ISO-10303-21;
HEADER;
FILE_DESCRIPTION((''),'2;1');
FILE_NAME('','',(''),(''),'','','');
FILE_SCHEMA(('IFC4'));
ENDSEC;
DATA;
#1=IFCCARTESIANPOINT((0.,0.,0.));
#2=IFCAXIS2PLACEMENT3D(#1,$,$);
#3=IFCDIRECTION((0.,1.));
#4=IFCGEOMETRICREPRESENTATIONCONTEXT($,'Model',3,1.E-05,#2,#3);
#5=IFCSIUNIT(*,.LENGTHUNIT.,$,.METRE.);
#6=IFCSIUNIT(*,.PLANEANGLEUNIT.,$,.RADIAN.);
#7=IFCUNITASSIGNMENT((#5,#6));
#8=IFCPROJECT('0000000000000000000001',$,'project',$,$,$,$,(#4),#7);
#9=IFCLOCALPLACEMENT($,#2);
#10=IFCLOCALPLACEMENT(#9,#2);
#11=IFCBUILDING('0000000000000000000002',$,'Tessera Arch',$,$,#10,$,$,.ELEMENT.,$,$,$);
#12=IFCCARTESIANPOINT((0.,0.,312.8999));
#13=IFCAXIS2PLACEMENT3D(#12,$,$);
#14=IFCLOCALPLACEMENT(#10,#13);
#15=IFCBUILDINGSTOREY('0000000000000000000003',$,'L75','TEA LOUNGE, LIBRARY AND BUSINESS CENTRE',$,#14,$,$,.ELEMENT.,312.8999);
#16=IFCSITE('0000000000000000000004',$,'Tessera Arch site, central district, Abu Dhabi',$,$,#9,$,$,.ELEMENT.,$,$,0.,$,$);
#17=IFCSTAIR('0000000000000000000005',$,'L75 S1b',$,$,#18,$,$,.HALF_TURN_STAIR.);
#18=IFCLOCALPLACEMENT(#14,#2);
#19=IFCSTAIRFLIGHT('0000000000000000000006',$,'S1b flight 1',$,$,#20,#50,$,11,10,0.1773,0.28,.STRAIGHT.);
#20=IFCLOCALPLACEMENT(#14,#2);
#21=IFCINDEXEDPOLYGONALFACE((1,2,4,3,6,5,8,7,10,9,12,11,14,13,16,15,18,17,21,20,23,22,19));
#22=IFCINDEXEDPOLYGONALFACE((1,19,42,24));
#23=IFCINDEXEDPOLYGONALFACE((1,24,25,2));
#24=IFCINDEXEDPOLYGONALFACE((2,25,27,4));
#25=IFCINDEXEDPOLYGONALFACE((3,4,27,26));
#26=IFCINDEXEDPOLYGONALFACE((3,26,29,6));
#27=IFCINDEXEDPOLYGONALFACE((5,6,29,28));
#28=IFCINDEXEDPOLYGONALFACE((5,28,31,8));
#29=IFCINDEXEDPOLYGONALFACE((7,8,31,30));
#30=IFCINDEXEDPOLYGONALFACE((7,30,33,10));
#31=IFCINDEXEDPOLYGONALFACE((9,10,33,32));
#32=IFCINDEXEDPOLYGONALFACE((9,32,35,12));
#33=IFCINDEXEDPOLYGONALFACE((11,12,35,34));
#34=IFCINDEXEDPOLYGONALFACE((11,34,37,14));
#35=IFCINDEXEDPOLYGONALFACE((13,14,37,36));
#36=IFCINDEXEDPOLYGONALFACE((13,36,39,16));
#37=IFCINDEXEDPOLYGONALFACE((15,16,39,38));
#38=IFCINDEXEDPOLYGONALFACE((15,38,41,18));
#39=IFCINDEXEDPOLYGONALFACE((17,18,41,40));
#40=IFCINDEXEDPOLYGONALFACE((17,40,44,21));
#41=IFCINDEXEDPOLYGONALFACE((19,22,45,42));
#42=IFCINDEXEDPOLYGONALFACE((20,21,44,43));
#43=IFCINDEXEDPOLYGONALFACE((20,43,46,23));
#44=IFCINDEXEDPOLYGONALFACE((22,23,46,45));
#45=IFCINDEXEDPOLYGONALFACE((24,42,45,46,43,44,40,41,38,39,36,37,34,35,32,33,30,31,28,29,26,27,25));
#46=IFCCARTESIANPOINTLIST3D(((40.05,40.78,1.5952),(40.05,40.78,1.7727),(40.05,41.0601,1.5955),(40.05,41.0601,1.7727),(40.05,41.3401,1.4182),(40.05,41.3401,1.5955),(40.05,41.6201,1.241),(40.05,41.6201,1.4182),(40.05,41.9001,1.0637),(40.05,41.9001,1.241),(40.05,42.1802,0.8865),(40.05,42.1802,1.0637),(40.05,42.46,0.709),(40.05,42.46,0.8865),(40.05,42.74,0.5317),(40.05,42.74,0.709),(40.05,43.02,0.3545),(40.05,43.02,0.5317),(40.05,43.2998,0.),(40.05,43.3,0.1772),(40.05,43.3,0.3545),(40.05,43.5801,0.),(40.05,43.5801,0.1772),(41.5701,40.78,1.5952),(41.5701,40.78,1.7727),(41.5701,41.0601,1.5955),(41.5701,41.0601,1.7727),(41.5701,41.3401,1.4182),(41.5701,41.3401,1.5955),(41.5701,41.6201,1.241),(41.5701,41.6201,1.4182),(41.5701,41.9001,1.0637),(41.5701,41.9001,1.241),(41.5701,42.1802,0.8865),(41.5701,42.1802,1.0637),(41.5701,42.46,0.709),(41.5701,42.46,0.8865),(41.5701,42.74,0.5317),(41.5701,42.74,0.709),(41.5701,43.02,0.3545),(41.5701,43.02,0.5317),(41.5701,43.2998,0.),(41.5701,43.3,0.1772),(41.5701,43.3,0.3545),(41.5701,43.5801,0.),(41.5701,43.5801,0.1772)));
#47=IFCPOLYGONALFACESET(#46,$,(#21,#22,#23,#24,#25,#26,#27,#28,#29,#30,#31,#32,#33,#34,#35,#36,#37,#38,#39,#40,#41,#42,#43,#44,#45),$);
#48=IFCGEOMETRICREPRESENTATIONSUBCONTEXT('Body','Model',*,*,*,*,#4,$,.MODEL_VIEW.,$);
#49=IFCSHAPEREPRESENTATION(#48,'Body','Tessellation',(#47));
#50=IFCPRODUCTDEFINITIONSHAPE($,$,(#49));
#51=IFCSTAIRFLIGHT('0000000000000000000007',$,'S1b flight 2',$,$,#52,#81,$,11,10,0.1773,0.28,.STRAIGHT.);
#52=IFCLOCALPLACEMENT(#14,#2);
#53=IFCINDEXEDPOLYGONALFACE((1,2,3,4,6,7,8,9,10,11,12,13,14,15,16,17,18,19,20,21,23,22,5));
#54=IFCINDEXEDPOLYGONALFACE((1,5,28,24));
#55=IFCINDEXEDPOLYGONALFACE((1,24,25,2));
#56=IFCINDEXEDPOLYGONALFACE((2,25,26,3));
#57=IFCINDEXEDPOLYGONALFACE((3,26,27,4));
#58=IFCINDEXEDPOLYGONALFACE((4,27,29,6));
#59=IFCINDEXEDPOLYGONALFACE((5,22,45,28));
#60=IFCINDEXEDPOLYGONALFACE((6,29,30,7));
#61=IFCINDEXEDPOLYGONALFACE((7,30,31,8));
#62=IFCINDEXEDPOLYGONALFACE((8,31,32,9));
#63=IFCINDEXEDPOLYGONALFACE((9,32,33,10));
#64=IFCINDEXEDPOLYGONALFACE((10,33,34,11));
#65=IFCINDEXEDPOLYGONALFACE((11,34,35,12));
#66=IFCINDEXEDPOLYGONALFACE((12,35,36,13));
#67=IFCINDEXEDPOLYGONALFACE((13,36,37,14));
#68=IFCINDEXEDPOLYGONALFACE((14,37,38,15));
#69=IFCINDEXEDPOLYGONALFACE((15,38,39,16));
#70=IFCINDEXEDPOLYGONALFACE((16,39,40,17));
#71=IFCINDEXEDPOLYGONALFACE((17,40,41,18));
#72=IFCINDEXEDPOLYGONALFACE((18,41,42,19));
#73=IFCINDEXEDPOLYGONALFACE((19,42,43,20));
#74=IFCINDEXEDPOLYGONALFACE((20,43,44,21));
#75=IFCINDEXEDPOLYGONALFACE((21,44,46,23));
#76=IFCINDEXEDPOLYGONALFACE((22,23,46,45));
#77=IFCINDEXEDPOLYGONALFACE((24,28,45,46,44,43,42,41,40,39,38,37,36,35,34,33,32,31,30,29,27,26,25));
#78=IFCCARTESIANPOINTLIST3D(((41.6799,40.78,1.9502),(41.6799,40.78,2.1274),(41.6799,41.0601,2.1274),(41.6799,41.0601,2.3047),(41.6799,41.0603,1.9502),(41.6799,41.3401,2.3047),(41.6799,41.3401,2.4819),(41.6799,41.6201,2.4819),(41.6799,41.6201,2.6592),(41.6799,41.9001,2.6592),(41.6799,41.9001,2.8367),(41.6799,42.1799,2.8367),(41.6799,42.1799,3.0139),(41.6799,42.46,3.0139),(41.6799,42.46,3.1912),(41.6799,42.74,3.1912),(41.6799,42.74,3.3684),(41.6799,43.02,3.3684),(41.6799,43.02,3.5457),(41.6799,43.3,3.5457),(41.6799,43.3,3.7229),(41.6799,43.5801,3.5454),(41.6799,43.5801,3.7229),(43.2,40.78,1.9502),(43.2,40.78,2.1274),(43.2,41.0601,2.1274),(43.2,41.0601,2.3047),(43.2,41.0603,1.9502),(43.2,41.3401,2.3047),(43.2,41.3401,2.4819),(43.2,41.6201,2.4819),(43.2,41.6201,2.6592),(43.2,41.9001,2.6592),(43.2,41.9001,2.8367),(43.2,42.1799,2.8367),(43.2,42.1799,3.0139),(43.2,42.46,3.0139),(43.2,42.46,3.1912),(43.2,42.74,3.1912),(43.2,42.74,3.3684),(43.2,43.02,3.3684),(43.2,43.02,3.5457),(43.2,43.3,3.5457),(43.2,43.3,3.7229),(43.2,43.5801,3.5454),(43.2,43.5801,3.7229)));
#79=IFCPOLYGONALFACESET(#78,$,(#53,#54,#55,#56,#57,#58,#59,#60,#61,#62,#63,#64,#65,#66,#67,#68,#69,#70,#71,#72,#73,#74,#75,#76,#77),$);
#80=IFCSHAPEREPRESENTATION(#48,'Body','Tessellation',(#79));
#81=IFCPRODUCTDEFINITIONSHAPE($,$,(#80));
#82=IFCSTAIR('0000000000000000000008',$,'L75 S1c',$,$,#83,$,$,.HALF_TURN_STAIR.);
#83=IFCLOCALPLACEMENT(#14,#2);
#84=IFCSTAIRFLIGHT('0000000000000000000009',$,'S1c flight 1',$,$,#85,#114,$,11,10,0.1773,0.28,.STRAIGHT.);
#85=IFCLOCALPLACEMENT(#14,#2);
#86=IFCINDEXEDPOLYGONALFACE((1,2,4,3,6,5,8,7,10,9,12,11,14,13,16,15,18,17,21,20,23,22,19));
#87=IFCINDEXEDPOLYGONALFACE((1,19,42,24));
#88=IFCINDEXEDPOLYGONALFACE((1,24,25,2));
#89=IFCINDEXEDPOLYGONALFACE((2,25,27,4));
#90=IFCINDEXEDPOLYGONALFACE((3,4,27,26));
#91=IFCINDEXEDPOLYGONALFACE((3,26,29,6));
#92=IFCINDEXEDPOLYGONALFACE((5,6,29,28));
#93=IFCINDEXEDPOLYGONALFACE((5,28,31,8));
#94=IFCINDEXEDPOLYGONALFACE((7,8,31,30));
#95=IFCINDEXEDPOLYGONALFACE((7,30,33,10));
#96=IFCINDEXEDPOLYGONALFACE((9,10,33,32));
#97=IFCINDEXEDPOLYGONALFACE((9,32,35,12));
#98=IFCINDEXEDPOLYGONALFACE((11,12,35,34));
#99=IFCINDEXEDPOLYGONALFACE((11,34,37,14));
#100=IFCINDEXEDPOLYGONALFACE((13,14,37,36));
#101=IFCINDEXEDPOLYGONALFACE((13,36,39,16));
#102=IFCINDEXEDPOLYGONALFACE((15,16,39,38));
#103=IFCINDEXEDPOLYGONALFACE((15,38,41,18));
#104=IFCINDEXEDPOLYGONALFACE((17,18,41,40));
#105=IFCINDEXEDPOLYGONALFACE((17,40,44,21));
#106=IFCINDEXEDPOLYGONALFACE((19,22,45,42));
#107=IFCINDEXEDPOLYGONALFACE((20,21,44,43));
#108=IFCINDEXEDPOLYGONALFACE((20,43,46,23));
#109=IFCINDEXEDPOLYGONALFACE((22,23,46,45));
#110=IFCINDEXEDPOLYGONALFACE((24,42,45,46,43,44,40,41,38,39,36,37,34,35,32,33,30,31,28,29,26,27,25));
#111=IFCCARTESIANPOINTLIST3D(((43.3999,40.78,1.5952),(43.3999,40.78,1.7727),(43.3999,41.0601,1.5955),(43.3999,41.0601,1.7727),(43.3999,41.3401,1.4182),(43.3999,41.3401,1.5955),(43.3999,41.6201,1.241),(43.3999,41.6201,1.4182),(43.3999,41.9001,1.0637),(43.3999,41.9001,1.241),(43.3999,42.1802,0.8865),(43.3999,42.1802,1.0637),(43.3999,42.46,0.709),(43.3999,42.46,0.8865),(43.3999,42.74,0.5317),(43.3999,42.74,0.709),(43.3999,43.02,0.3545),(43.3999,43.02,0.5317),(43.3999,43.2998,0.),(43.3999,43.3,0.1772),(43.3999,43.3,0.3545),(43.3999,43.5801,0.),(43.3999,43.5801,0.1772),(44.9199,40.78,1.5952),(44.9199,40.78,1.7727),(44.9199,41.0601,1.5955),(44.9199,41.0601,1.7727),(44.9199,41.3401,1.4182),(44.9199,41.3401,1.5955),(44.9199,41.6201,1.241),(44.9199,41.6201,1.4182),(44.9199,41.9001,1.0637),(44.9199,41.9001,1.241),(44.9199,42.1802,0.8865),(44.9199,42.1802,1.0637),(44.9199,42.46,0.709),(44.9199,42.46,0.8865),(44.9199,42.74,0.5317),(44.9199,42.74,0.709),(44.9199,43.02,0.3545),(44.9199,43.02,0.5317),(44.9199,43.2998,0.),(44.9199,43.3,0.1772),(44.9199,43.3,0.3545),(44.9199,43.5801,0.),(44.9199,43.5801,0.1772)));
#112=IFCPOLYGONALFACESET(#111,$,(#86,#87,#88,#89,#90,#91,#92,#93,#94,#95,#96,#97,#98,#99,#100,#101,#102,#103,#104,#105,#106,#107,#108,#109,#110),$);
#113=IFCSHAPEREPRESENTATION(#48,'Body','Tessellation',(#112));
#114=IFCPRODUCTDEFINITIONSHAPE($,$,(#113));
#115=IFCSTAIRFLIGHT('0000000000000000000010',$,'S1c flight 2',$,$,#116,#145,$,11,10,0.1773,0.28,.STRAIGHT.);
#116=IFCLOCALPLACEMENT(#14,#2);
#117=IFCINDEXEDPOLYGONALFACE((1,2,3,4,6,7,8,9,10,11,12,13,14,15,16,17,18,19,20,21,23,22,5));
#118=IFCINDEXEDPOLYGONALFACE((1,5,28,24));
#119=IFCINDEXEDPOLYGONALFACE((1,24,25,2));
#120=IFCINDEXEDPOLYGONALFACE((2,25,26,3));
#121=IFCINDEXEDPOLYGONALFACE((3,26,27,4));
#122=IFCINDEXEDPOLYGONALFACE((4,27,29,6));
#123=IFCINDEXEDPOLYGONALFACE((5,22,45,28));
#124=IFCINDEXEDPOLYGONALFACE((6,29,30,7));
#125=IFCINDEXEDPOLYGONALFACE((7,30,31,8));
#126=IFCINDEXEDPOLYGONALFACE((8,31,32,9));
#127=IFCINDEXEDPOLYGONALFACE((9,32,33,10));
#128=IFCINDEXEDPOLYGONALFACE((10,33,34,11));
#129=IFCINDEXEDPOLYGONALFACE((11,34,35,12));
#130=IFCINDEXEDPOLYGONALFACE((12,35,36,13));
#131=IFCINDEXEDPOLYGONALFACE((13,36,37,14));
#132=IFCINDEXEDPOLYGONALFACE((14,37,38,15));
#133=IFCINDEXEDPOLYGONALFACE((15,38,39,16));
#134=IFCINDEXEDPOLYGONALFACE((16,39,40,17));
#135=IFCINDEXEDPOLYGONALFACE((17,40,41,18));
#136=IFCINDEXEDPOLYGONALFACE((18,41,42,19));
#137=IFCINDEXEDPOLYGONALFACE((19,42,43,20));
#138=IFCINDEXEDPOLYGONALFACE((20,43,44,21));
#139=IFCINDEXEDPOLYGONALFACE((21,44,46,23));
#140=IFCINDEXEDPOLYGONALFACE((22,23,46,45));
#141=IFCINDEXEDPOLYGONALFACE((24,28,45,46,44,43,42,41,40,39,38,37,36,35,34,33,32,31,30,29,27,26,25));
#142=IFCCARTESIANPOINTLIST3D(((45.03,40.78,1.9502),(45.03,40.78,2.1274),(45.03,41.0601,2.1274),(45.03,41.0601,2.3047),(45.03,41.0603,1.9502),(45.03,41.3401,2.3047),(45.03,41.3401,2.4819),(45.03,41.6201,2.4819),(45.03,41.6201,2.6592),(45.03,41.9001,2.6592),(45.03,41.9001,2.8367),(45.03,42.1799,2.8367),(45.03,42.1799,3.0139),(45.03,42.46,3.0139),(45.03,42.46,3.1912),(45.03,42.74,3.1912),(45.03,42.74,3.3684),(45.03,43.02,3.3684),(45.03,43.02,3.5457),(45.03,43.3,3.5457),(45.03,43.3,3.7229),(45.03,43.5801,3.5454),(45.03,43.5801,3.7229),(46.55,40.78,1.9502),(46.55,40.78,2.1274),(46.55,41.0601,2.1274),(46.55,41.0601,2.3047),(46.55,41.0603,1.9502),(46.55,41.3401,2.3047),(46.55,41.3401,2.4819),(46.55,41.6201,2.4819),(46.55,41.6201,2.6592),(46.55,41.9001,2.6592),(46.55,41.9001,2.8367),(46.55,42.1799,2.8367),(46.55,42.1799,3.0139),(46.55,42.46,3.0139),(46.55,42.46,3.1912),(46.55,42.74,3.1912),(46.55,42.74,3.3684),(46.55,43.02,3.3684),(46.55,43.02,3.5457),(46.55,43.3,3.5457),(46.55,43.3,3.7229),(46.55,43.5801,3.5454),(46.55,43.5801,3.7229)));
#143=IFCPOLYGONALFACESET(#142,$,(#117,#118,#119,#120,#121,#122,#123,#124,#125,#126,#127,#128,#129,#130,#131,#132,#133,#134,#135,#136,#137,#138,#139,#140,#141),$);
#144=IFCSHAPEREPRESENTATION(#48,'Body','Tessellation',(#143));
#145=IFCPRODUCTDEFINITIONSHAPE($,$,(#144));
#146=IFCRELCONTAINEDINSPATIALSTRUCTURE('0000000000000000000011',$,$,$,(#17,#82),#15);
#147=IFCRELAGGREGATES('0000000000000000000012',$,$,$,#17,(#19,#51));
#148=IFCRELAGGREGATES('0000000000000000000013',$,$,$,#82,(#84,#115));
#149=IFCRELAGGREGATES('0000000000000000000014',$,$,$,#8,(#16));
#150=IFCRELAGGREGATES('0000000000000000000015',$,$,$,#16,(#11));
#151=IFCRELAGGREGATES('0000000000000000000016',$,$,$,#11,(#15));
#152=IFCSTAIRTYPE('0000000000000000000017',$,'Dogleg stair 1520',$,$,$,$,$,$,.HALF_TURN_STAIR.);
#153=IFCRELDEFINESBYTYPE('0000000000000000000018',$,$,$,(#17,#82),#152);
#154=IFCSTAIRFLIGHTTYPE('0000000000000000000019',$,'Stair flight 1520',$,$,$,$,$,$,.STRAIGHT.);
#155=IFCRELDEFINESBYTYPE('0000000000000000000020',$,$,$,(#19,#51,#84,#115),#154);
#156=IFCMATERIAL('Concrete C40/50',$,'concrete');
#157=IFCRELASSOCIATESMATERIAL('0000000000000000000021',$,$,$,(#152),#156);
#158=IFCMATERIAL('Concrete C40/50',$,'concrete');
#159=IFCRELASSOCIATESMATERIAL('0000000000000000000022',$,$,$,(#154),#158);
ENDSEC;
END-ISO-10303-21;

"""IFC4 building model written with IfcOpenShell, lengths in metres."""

from ifc_helpers import new_model, si_unit, direction, frame, origin, place, context, subcontext, project, spatial, polyline, outline, extrude, material, type_object, element, aggregate, save


model = new_model("IFC4")

# Units and contexts
model_context = context("Model", 3, precision=1e-05, world=origin(), true_north=direction((0.0, 1.0)))
body_context = subcontext(model_context, "Body", "Model", "MODEL_VIEW")
ifc_project = project(units=[si_unit("LENGTHUNIT", "METRE"), si_unit("PLANEANGLEUNIT", "RADIAN")], contexts=[model_context])

# Site, building, storey
site_placement = place(None, origin())
site = spatial("IfcSite", under=ifc_project, at=site_placement, Name="Tessera Arch site, central district, Abu Dhabi", CompositionType="ELEMENT", RefElevation=0.0)
building_placement = place(site_placement, origin())
building = spatial("IfcBuilding", under=site, at=building_placement, Name="Tessera Arch", CompositionType="ELEMENT")
storey_placement = place(building_placement, frame((0.0, 0.0, 312.8999)))
storey = spatial("IfcBuildingStorey", under=building, at=storey_placement, Name="L75", Description="TEA LOUNGE, LIBRARY AND BUSINESS CENTRE", CompositionType="ELEMENT", Elevation=312.8999)

# Stairs, stair flights
ifc_material_1 = material(Name="Concrete C40/50", Category="concrete")
stair_type = type_object("IfcStairType", Name="Dogleg stair 1520", PredefinedType="HALF_TURN_STAIR", material=ifc_material_1)
stair_1_placement = place(storey_placement, origin())
stair_1 = element("IfcStair", 1, at=stair_1_placement, inside=storey, type_object=stair_type, Name="L75 S1b", PredefinedType="HALF_TURN_STAIR")
ifc_material_2 = material(Name="Concrete C40/50", Category="concrete")
stair_flight_type = type_object("IfcStairFlightType", Name="Stair flight 1520", PredefinedType="STRAIGHT", material=ifc_material_2)
stair_flight_1_placement = place(storey_placement, frame((40.8101, 43.5801, 0.0), z_axis=(0.0, 0.0, 1.0), x_axis=(0.0, -1.0, 0.0)))
stair_flight_1 = element("IfcStairFlight", 2, at=stair_flight_1_placement, type_object=stair_flight_type, Name="S1b flight 1", NumberOfRisers=11, NumberOfTreads=10, PredefinedType="STRAIGHT", RiserHeight=0.1773, TreadLength=0.28, context=body_context, shape_type="SweptSolid", body=[
    extrude(outline(polyline([(0.0, 0.0), (0.0, 0.1772), (0.28, 0.1772), (0.28, 0.3545), (0.5601, 0.3545), (0.5601, 0.5317), (0.8401, 0.5317), (0.8401, 0.709), (1.1201, 0.709), (1.1201, 0.8865), (1.3999, 0.8865), (1.3999, 1.0637), (1.6799, 1.0637), (1.6799, 1.241), (1.96, 1.241), (1.96, 1.4182), (2.24, 1.4182), (2.24, 1.5955), (2.52, 1.5955), (2.52, 1.7727), (2.8, 1.7727), (2.8, 1.95), (2.8, 1.5952), (0.2803, 0.0), (0.0, 0.0)])), frame((0.0, 0.76, 0.0), z_axis=(0.0, -1.0, 0.0), x_axis=(1.0, 0.0, 0.0)), (0.0, 0.0, 1.0), 1.52),
])
stair_flight_2_placement = place(storey_placement, frame((42.4399, 40.78, 1.9502), z_axis=(0.0, 0.0, 1.0), x_axis=(0.0, 1.0, 0.0)))
stair_flight_2 = element("IfcStairFlight", 3, at=stair_flight_2_placement, type_object=stair_flight_type, Name="S1b flight 2", NumberOfRisers=11, NumberOfTreads=10, PredefinedType="STRAIGHT", RiserHeight=0.1773, TreadLength=0.28, context=body_context, shape_type="SweptSolid", body=[
    extrude(outline(polyline([(0.0, 0.0), (0.0, 0.1772), (0.28, 0.1772), (0.28, 0.3545), (0.5601, 0.3545), (0.5601, 0.5317), (0.8401, 0.5317), (0.8401, 0.709), (1.1201, 0.709), (1.1201, 0.8865), (1.3999, 0.8865), (1.3999, 1.0637), (1.6799, 1.0637), (1.6799, 1.241), (1.96, 1.241), (1.96, 1.4182), (2.24, 1.4182), (2.24, 1.5955), (2.52, 1.5955), (2.52, 1.7727), (2.8, 1.7727), (2.8, 1.95), (2.8, 1.5952), (0.2803, 0.0), (0.0, 0.0)])), frame((0.0, 0.76, 0.0), z_axis=(0.0, -1.0, 0.0), x_axis=(1.0, 0.0, 0.0)), (0.0, 0.0, 1.0), 1.52),
])
aggregate(stair_1, [stair_flight_1, stair_flight_2])
stair_2_placement = place(storey_placement, origin())
stair_2 = element("IfcStair", 4, at=stair_2_placement, inside=storey, type_object=stair_type, Name="L75 S1c", PredefinedType="HALF_TURN_STAIR")
stair_flight_3_placement = place(storey_placement, frame((44.1599, 43.5801, 0.0), z_axis=(0.0, 0.0, 1.0), x_axis=(0.0, -1.0, 0.0)))
stair_flight_3 = element("IfcStairFlight", 5, at=stair_flight_3_placement, type_object=stair_flight_type, Name="S1c flight 1", NumberOfRisers=11, NumberOfTreads=10, PredefinedType="STRAIGHT", RiserHeight=0.1773, TreadLength=0.28, context=body_context, shape_type="SweptSolid", body=[
    extrude(outline(polyline([(0.0, 0.0), (0.0, 0.1772), (0.28, 0.1772), (0.28, 0.3545), (0.5601, 0.3545), (0.5601, 0.5317), (0.8401, 0.5317), (0.8401, 0.709), (1.1201, 0.709), (1.1201, 0.8865), (1.3999, 0.8865), (1.3999, 1.0637), (1.6799, 1.0637), (1.6799, 1.241), (1.96, 1.241), (1.96, 1.4182), (2.24, 1.4182), (2.24, 1.5955), (2.52, 1.5955), (2.52, 1.7727), (2.8, 1.7727), (2.8, 1.95), (2.8, 1.5952), (0.2803, 0.0), (0.0, 0.0)])), frame((0.0, 0.76, 0.0), z_axis=(0.0, -1.0, 0.0), x_axis=(1.0, 0.0, 0.0)), (0.0, 0.0, 1.0), 1.52),
])
stair_flight_4_placement = place(storey_placement, frame((45.79, 40.78, 1.9502), z_axis=(0.0, 0.0, 1.0), x_axis=(0.0, 1.0, 0.0)))
stair_flight_4 = element("IfcStairFlight", 6, at=stair_flight_4_placement, type_object=stair_flight_type, Name="S1c flight 2", NumberOfRisers=11, NumberOfTreads=10, PredefinedType="STRAIGHT", RiserHeight=0.1773, TreadLength=0.28, context=body_context, shape_type="SweptSolid", body=[
    extrude(outline(polyline([(0.0, 0.0), (0.0, 0.1772), (0.28, 0.1772), (0.28, 0.3545), (0.5601, 0.3545), (0.5601, 0.5317), (0.8401, 0.5317), (0.8401, 0.709), (1.1201, 0.709), (1.1201, 0.8865), (1.3999, 0.8865), (1.3999, 1.0637), (1.6799, 1.0637), (1.6799, 1.241), (1.96, 1.241), (1.96, 1.4182), (2.24, 1.4182), (2.24, 1.5955), (2.52, 1.5955), (2.52, 1.7727), (2.8, 1.7727), (2.8, 1.95), (2.8, 1.5952), (0.2803, 0.0), (0.0, 0.0)])), frame((0.0, 0.76, 0.0), z_axis=(0.0, -1.0, 0.0), x_axis=(1.0, 0.0, 0.0)), (0.0, 0.0, 1.0), 1.52),
])
aggregate(stair_2, [stair_flight_3, stair_flight_4])

save(model, "model.ifc")
